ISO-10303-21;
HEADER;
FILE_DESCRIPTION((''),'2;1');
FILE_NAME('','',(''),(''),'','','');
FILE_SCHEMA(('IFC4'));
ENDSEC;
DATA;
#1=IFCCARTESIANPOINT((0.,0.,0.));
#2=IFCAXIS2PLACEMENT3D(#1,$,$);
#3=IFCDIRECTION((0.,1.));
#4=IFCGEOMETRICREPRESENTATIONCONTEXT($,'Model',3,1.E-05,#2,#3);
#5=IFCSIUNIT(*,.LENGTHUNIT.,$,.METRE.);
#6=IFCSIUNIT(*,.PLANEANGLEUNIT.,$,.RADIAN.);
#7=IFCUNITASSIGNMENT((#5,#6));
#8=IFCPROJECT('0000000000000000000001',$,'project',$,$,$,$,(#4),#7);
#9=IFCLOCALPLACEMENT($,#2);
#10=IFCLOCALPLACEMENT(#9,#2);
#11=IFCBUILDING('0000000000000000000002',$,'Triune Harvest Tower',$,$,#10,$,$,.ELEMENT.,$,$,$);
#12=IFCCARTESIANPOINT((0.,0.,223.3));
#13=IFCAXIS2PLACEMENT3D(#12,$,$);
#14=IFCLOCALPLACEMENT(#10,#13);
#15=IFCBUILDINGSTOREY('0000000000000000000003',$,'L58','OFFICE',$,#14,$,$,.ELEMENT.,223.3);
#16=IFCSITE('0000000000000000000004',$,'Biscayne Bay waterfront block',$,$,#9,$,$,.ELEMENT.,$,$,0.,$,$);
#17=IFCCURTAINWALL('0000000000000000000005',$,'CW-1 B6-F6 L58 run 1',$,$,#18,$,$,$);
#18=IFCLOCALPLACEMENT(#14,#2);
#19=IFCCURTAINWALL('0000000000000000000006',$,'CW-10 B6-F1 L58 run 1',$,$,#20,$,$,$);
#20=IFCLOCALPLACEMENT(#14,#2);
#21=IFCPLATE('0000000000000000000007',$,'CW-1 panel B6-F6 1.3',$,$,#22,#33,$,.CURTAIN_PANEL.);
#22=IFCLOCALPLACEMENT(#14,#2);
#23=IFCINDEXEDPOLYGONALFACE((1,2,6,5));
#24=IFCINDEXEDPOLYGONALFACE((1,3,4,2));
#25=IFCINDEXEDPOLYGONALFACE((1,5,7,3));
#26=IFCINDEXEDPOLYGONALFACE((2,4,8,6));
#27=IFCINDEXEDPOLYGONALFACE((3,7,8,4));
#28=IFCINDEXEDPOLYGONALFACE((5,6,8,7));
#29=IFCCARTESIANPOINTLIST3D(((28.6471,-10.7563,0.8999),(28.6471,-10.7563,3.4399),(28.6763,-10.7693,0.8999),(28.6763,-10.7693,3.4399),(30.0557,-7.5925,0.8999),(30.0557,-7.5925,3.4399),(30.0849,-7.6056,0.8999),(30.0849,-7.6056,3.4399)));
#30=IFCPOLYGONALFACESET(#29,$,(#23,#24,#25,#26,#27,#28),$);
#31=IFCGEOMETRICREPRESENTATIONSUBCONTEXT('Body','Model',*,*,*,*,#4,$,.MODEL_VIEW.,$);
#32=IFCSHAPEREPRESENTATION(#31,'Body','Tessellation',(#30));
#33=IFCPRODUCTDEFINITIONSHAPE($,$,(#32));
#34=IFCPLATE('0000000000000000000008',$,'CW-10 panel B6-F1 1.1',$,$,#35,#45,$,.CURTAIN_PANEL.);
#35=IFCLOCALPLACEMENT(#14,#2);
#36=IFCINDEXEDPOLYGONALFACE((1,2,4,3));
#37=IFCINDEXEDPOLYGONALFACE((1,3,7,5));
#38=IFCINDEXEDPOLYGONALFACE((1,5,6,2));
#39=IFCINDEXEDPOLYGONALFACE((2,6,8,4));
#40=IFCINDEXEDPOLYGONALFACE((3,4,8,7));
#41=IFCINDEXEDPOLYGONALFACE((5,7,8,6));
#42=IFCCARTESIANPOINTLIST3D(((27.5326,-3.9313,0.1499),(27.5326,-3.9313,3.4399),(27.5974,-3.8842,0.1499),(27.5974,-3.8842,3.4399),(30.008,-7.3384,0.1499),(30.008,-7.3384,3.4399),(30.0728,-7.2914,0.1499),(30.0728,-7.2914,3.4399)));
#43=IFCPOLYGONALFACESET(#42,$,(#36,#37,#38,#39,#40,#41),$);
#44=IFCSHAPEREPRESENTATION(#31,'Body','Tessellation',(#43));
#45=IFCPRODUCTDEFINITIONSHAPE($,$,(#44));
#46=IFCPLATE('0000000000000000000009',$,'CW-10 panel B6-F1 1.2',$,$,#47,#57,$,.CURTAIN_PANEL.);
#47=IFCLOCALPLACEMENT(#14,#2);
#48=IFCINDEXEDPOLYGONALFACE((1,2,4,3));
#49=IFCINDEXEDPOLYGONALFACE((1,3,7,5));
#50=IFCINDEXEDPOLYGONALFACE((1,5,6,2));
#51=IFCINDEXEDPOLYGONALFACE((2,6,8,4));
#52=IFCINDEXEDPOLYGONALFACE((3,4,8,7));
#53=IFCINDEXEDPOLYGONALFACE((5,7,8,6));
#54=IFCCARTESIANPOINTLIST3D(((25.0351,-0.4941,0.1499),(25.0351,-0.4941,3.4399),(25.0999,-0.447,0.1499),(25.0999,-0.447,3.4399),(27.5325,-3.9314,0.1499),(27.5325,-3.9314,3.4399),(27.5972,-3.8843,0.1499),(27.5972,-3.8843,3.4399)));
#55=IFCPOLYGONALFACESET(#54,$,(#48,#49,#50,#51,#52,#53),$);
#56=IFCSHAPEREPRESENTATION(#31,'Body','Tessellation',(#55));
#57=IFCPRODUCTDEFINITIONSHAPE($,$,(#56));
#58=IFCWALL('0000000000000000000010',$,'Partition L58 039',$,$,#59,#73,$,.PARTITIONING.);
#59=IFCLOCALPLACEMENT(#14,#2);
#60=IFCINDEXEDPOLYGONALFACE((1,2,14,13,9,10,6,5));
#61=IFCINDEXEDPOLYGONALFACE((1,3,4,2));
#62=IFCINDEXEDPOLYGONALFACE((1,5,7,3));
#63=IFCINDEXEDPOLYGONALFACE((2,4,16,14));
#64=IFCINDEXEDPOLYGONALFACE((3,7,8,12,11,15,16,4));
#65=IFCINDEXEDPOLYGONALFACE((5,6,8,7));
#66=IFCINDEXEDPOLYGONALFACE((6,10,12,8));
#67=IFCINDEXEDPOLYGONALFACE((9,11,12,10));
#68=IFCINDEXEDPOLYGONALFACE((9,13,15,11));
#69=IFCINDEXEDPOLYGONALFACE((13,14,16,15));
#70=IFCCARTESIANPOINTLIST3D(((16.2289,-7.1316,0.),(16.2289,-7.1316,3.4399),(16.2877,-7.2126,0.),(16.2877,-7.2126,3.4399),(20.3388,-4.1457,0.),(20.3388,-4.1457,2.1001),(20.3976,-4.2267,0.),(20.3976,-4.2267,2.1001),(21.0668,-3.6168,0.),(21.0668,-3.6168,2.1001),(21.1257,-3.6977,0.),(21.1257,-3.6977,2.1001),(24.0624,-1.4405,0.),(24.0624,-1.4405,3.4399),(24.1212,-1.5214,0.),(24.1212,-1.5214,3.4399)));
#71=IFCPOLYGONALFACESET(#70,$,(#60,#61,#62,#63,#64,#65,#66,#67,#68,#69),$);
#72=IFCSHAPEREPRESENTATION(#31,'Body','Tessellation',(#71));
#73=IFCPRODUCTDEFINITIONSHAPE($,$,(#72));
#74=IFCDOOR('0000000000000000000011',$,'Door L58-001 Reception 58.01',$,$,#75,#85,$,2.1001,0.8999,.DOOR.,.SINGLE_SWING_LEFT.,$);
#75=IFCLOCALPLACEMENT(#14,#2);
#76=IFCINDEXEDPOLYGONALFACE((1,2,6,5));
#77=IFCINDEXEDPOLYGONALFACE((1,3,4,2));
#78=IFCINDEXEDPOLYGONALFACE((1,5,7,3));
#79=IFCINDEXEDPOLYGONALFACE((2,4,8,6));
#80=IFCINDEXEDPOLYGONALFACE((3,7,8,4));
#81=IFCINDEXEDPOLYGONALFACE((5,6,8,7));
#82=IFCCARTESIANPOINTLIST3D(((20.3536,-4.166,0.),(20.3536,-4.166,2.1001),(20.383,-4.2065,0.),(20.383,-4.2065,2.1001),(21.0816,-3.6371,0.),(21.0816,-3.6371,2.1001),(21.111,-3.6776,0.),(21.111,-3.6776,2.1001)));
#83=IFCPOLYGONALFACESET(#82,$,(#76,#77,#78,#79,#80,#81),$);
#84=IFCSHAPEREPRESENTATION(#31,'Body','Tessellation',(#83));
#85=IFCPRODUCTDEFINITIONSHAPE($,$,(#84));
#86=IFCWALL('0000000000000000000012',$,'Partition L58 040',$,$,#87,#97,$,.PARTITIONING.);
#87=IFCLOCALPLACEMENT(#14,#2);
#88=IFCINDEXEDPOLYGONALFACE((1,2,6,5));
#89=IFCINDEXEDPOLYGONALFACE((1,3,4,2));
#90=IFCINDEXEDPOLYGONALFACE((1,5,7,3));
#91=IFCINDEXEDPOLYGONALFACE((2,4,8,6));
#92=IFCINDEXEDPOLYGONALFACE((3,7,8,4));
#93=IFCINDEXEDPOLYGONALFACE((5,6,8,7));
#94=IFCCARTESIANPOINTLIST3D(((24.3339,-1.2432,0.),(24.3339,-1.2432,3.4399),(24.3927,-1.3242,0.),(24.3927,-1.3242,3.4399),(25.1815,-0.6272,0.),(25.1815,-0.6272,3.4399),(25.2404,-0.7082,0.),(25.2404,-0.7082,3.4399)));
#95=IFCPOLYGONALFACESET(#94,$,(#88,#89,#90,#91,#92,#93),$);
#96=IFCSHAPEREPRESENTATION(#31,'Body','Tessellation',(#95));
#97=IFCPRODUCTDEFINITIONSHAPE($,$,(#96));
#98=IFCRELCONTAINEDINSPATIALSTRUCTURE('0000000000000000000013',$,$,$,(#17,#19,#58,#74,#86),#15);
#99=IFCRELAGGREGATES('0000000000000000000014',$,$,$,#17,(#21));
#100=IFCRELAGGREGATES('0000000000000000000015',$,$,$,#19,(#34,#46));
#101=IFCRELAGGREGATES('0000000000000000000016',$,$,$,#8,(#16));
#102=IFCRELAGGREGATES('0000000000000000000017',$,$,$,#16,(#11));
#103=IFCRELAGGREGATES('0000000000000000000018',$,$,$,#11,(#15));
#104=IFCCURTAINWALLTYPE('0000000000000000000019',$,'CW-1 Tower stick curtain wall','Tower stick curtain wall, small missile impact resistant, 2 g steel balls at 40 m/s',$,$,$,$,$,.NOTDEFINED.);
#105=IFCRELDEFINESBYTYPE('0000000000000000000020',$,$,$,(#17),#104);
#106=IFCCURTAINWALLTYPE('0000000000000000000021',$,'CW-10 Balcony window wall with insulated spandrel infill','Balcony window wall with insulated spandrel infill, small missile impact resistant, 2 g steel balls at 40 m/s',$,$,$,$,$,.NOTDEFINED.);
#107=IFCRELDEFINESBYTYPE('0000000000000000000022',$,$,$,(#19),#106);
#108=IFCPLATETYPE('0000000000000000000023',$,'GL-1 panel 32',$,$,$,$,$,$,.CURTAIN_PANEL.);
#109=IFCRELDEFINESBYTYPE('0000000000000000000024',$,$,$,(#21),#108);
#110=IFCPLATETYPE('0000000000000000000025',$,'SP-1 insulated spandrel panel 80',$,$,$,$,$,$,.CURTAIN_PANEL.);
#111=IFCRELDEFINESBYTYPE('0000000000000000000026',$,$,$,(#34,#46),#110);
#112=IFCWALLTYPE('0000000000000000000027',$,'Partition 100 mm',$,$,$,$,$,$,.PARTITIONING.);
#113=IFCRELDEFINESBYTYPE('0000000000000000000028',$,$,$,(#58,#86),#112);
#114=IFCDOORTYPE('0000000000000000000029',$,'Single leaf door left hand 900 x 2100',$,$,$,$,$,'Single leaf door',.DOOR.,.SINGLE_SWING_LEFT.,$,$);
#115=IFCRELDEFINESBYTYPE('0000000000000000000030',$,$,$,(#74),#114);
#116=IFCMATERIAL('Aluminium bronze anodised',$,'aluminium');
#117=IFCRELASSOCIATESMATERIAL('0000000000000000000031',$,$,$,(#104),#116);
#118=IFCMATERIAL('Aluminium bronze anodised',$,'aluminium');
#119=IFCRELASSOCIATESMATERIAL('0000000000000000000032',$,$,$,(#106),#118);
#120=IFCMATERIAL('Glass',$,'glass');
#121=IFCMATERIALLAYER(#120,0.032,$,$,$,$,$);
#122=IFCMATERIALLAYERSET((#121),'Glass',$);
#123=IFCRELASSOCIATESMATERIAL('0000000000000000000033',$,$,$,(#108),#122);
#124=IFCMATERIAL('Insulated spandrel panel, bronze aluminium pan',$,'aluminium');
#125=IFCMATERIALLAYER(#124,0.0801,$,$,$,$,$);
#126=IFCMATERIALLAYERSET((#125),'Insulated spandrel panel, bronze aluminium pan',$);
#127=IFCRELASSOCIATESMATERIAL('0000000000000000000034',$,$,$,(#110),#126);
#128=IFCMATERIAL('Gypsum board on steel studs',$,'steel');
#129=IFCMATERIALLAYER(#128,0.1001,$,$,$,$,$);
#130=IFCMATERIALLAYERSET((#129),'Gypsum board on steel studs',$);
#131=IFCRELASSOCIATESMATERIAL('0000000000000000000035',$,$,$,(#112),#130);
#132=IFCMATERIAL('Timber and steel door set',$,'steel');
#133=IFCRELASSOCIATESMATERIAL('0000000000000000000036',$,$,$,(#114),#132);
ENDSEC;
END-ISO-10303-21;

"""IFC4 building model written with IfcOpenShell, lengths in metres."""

from ifc_helpers import new_model, si_unit, direction, frame, frame_2d, origin, origin_2d, place, context, subcontext, project, spatial, rectangle, extrude, source, transform, mapped, material, layer, layer_set, type_object, element, fill, aggregate, save


model = new_model("IFC4")

# Units and contexts
model_context = context("Model", 3, precision=1e-05, world=origin(), true_north=direction((0.0, 1.0)))
body_context = subcontext(model_context, "Body", "Model", "MODEL_VIEW")
ifc_project = project(units=[si_unit("LENGTHUNIT", "METRE"), si_unit("PLANEANGLEUNIT", "RADIAN")], contexts=[model_context])

# Site, building, storey
site_placement = place(None, origin())
site = spatial("IfcSite", under=ifc_project, at=site_placement, Name="Biscayne Bay waterfront block", CompositionType="ELEMENT", RefElevation=0.0)
building_placement = place(site_placement, origin())
building = spatial("IfcBuilding", under=site, at=building_placement, Name="Triune Harvest Tower", CompositionType="ELEMENT")
storey_placement = place(building_placement, frame((0.0, 0.0, 223.3)))
storey = spatial("IfcBuildingStorey", under=building, at=storey_placement, Name="L58", Description="OFFICE", CompositionType="ELEMENT", Elevation=223.3)

# Curtain walls
ifc_material_1 = material(Name="Aluminium bronze anodised", Category="aluminium")
curtain_wall_type_1 = type_object("IfcCurtainWallType", Name="CW-1 Tower stick curtain wall", Description="Tower stick curtain wall, small missile impact resistant, 2 g steel balls at 40 m/s", PredefinedType="NOTDEFINED", material=ifc_material_1)
curtain_wall_1_placement = place(storey_placement, origin())
curtain_wall_1 = element("IfcCurtainWall", 1, at=curtain_wall_1_placement, inside=storey, type_object=curtain_wall_type_1, Name="CW-1 B6-F6 L58 run 1")
ifc_material_2 = material(Name="Aluminium bronze anodised", Category="aluminium")
curtain_wall_type_2 = type_object("IfcCurtainWallType", Name="CW-10 Balcony window wall with insulated spandrel infill", Description="Balcony window wall with insulated spandrel infill, small missile impact resistant, 2 g steel balls at 40 m/s", PredefinedType="NOTDEFINED", material=ifc_material_2)
curtain_wall_2_placement = place(storey_placement, origin())
curtain_wall_2 = element("IfcCurtainWall", 2, at=curtain_wall_2_placement, inside=storey, type_object=curtain_wall_type_2, Name="CW-10 B6-F1 L58 run 1")

# Plates
ifc_material_3 = material(Name="Glass", Category="glass")
ifc_layer_1 = layer(ifc_material_3, 0.032)
ifc_layer_set_1 = layer_set([ifc_layer_1], Name="Glass")
plate_type_1 = type_object("IfcPlateType", Name="GL-1 panel 32", PredefinedType="CURTAIN_PANEL", material=ifc_layer_set_1)
shared_shape_1 = source(origin(), body_context, "Body", "SweptSolid", [
    extrude(rectangle(XDim=3.4631, YDim=0.032, at=origin_2d()), origin(), (0.0, 0.0, 1.0), 2.54),
])
plate_1_placement = place(storey_placement, frame((29.366, -9.1809, 0.8999), z_axis=(0.0, 0.0, 1.0), x_axis=(0.406743, 0.913543, 0.0)))
plate_1 = element("IfcPlate", 3, at=plate_1_placement, type_object=plate_type_1, Name="CW-1 panel B6-F6 1.3", PredefinedType="CURTAIN_PANEL", context=body_context, shape_type="MappedRepresentation", body=[
    mapped(shared_shape_1, transform((0.0, 0.0, 0.0), scale=1.0)),
])
aggregate(curtain_wall_1, [plate_1])
ifc_material_4 = material(Name="Insulated spandrel panel, bronze aluminium pan", Category="aluminium")
ifc_layer_2 = layer(ifc_material_4, 0.0801)
ifc_layer_set_2 = layer_set([ifc_layer_2], Name="Insulated spandrel panel, bronze aluminium pan")
plate_type_2 = type_object("IfcPlateType", Name="SP-1 insulated spandrel panel 80", PredefinedType="CURTAIN_PANEL", material=ifc_layer_set_2)
shared_shape_2 = source(origin(), body_context, "Body", "SweptSolid", [
    extrude(rectangle(XDim=4.2114, YDim=0.0801, at=origin_2d()), origin(), (0.0, 0.0, 1.0), 3.29),
])
plate_2_placement = place(storey_placement, frame((28.8027, -5.6113, 0.1499), z_axis=(0.0, 0.0, 1.0), x_axis=(-0.587786, 0.809017, 0.0)))
plate_2 = element("IfcPlate", 4, at=plate_2_placement, type_object=plate_type_2, Name="CW-10 panel B6-F1 1.1", PredefinedType="CURTAIN_PANEL", context=body_context, shape_type="MappedRepresentation", body=[
    mapped(shared_shape_2, transform((0.0, 0.0, 0.0), scale=1.0)),
])
shared_shape_3 = source(origin(), body_context, "Body", "SweptSolid", [
    extrude(rectangle(XDim=4.2488, YDim=0.0801, at=origin_2d()), origin(), (0.0, 0.0, 1.0), 3.29),
])
plate_3_placement = place(storey_placement, frame((26.3162, -2.1892, 0.1499), z_axis=(0.0, 0.0, 1.0), x_axis=(-0.587786, 0.809017, 0.0)))
plate_3 = element("IfcPlate", 5, at=plate_3_placement, type_object=plate_type_2, Name="CW-10 panel B6-F1 1.2", PredefinedType="CURTAIN_PANEL", context=body_context, shape_type="MappedRepresentation", body=[
    mapped(shared_shape_3, transform((0.0, 0.0, 0.0), scale=1.0)),
])
aggregate(curtain_wall_2, [plate_2, plate_3])

# Wall, opening, door
ifc_material_5 = material(Name="Gypsum board on steel studs", Category="steel")
ifc_layer_3 = layer(ifc_material_5, 0.1001)
ifc_layer_set_3 = layer_set([ifc_layer_3], Name="Gypsum board on steel studs")
wall_type = type_object("IfcWallType", Name="Partition 100 mm", PredefinedType="PARTITIONING", material=ifc_layer_set_3)
wall_1_placement = place(storey_placement, frame((16.2583, -7.1721, 0.0), z_axis=(0.0, 0.0, 1.0), x_axis=(0.809027, 0.587771, 0.0)))
wall_1 = element("IfcWall", 6, at=wall_1_placement, inside=storey, type_object=wall_type, Name="Partition L58 039", PredefinedType="PARTITIONING", context=body_context, shape_type="SweptSolid", body=[
    extrude(rectangle(XDim=9.6826, YDim=0.1001, at=frame_2d((4.8413, 0.0))), origin(), (0.0, 0.0, 1.0), 3.4399),
])
opening_placement = place(wall_1_placement, frame((5.0801, 0.0, 0.0)))
opening = element("IfcOpeningElement", 7, at=opening_placement, cuts=wall_1, PredefinedType="OPENING", context=body_context, shape_type="SweptSolid", body=[
    extrude(rectangle(XDim=0.8999, YDim=2.1001, at=frame_2d((0.45, 1.05))), frame((0.0, 0.0601, 0.0), z_axis=(0.0, -1.0, 0.0), x_axis=(1.0, 0.0, 0.0)), (0.0, 0.0, 1.0), 0.1201),
])
ifc_material_6 = material(Name="Timber and steel door set", Category="steel")
door_type = type_object("IfcDoorType", Name="Single leaf door left hand 900 x 2100", ElementType="Single leaf door", OperationType="SINGLE_SWING_LEFT", PredefinedType="DOOR", material=ifc_material_6)
door_placement = place(opening_placement, origin())
door = element("IfcDoor", 8, at=door_placement, inside=storey, type_object=door_type, Name="Door L58-001 Reception 58.01", OperationType="SINGLE_SWING_LEFT", OverallHeight=2.1001, OverallWidth=0.8999, PredefinedType="DOOR", context=body_context, shape_type="SweptSolid", body=[
    extrude(rectangle(XDim=0.8999, YDim=2.1001, at=frame_2d((0.45, 1.05))), frame((0.0, 0.0249, 0.0), z_axis=(0.0, -1.0, 0.0), x_axis=(1.0, 0.0, 0.0)), (0.0, 0.0, 1.0), 0.05),
])
fill(opening, door)

# Wall
shared_shape_4 = source(origin(), body_context, "Body", "SweptSolid", [
    extrude(rectangle(XDim=1.0479, YDim=0.1001, at=frame_2d((0.5239, 0.0))), origin(), (0.0, 0.0, 1.0), 3.4399),
])
wall_2_placement = place(storey_placement, frame((24.3633, -1.2837, 0.0), z_axis=(0.0, 0.0, 1.0), x_axis=(0.808968, 0.587853, 0.0)))
element("IfcWall", 9, at=wall_2_placement, inside=storey, type_object=wall_type, Name="Partition L58 040", PredefinedType="PARTITIONING", context=body_context, shape_type="MappedRepresentation", body=[
    mapped(shared_shape_4, transform((0.0, 0.0, 0.0), scale=1.0)),
])

save(model, "model.ifc")
